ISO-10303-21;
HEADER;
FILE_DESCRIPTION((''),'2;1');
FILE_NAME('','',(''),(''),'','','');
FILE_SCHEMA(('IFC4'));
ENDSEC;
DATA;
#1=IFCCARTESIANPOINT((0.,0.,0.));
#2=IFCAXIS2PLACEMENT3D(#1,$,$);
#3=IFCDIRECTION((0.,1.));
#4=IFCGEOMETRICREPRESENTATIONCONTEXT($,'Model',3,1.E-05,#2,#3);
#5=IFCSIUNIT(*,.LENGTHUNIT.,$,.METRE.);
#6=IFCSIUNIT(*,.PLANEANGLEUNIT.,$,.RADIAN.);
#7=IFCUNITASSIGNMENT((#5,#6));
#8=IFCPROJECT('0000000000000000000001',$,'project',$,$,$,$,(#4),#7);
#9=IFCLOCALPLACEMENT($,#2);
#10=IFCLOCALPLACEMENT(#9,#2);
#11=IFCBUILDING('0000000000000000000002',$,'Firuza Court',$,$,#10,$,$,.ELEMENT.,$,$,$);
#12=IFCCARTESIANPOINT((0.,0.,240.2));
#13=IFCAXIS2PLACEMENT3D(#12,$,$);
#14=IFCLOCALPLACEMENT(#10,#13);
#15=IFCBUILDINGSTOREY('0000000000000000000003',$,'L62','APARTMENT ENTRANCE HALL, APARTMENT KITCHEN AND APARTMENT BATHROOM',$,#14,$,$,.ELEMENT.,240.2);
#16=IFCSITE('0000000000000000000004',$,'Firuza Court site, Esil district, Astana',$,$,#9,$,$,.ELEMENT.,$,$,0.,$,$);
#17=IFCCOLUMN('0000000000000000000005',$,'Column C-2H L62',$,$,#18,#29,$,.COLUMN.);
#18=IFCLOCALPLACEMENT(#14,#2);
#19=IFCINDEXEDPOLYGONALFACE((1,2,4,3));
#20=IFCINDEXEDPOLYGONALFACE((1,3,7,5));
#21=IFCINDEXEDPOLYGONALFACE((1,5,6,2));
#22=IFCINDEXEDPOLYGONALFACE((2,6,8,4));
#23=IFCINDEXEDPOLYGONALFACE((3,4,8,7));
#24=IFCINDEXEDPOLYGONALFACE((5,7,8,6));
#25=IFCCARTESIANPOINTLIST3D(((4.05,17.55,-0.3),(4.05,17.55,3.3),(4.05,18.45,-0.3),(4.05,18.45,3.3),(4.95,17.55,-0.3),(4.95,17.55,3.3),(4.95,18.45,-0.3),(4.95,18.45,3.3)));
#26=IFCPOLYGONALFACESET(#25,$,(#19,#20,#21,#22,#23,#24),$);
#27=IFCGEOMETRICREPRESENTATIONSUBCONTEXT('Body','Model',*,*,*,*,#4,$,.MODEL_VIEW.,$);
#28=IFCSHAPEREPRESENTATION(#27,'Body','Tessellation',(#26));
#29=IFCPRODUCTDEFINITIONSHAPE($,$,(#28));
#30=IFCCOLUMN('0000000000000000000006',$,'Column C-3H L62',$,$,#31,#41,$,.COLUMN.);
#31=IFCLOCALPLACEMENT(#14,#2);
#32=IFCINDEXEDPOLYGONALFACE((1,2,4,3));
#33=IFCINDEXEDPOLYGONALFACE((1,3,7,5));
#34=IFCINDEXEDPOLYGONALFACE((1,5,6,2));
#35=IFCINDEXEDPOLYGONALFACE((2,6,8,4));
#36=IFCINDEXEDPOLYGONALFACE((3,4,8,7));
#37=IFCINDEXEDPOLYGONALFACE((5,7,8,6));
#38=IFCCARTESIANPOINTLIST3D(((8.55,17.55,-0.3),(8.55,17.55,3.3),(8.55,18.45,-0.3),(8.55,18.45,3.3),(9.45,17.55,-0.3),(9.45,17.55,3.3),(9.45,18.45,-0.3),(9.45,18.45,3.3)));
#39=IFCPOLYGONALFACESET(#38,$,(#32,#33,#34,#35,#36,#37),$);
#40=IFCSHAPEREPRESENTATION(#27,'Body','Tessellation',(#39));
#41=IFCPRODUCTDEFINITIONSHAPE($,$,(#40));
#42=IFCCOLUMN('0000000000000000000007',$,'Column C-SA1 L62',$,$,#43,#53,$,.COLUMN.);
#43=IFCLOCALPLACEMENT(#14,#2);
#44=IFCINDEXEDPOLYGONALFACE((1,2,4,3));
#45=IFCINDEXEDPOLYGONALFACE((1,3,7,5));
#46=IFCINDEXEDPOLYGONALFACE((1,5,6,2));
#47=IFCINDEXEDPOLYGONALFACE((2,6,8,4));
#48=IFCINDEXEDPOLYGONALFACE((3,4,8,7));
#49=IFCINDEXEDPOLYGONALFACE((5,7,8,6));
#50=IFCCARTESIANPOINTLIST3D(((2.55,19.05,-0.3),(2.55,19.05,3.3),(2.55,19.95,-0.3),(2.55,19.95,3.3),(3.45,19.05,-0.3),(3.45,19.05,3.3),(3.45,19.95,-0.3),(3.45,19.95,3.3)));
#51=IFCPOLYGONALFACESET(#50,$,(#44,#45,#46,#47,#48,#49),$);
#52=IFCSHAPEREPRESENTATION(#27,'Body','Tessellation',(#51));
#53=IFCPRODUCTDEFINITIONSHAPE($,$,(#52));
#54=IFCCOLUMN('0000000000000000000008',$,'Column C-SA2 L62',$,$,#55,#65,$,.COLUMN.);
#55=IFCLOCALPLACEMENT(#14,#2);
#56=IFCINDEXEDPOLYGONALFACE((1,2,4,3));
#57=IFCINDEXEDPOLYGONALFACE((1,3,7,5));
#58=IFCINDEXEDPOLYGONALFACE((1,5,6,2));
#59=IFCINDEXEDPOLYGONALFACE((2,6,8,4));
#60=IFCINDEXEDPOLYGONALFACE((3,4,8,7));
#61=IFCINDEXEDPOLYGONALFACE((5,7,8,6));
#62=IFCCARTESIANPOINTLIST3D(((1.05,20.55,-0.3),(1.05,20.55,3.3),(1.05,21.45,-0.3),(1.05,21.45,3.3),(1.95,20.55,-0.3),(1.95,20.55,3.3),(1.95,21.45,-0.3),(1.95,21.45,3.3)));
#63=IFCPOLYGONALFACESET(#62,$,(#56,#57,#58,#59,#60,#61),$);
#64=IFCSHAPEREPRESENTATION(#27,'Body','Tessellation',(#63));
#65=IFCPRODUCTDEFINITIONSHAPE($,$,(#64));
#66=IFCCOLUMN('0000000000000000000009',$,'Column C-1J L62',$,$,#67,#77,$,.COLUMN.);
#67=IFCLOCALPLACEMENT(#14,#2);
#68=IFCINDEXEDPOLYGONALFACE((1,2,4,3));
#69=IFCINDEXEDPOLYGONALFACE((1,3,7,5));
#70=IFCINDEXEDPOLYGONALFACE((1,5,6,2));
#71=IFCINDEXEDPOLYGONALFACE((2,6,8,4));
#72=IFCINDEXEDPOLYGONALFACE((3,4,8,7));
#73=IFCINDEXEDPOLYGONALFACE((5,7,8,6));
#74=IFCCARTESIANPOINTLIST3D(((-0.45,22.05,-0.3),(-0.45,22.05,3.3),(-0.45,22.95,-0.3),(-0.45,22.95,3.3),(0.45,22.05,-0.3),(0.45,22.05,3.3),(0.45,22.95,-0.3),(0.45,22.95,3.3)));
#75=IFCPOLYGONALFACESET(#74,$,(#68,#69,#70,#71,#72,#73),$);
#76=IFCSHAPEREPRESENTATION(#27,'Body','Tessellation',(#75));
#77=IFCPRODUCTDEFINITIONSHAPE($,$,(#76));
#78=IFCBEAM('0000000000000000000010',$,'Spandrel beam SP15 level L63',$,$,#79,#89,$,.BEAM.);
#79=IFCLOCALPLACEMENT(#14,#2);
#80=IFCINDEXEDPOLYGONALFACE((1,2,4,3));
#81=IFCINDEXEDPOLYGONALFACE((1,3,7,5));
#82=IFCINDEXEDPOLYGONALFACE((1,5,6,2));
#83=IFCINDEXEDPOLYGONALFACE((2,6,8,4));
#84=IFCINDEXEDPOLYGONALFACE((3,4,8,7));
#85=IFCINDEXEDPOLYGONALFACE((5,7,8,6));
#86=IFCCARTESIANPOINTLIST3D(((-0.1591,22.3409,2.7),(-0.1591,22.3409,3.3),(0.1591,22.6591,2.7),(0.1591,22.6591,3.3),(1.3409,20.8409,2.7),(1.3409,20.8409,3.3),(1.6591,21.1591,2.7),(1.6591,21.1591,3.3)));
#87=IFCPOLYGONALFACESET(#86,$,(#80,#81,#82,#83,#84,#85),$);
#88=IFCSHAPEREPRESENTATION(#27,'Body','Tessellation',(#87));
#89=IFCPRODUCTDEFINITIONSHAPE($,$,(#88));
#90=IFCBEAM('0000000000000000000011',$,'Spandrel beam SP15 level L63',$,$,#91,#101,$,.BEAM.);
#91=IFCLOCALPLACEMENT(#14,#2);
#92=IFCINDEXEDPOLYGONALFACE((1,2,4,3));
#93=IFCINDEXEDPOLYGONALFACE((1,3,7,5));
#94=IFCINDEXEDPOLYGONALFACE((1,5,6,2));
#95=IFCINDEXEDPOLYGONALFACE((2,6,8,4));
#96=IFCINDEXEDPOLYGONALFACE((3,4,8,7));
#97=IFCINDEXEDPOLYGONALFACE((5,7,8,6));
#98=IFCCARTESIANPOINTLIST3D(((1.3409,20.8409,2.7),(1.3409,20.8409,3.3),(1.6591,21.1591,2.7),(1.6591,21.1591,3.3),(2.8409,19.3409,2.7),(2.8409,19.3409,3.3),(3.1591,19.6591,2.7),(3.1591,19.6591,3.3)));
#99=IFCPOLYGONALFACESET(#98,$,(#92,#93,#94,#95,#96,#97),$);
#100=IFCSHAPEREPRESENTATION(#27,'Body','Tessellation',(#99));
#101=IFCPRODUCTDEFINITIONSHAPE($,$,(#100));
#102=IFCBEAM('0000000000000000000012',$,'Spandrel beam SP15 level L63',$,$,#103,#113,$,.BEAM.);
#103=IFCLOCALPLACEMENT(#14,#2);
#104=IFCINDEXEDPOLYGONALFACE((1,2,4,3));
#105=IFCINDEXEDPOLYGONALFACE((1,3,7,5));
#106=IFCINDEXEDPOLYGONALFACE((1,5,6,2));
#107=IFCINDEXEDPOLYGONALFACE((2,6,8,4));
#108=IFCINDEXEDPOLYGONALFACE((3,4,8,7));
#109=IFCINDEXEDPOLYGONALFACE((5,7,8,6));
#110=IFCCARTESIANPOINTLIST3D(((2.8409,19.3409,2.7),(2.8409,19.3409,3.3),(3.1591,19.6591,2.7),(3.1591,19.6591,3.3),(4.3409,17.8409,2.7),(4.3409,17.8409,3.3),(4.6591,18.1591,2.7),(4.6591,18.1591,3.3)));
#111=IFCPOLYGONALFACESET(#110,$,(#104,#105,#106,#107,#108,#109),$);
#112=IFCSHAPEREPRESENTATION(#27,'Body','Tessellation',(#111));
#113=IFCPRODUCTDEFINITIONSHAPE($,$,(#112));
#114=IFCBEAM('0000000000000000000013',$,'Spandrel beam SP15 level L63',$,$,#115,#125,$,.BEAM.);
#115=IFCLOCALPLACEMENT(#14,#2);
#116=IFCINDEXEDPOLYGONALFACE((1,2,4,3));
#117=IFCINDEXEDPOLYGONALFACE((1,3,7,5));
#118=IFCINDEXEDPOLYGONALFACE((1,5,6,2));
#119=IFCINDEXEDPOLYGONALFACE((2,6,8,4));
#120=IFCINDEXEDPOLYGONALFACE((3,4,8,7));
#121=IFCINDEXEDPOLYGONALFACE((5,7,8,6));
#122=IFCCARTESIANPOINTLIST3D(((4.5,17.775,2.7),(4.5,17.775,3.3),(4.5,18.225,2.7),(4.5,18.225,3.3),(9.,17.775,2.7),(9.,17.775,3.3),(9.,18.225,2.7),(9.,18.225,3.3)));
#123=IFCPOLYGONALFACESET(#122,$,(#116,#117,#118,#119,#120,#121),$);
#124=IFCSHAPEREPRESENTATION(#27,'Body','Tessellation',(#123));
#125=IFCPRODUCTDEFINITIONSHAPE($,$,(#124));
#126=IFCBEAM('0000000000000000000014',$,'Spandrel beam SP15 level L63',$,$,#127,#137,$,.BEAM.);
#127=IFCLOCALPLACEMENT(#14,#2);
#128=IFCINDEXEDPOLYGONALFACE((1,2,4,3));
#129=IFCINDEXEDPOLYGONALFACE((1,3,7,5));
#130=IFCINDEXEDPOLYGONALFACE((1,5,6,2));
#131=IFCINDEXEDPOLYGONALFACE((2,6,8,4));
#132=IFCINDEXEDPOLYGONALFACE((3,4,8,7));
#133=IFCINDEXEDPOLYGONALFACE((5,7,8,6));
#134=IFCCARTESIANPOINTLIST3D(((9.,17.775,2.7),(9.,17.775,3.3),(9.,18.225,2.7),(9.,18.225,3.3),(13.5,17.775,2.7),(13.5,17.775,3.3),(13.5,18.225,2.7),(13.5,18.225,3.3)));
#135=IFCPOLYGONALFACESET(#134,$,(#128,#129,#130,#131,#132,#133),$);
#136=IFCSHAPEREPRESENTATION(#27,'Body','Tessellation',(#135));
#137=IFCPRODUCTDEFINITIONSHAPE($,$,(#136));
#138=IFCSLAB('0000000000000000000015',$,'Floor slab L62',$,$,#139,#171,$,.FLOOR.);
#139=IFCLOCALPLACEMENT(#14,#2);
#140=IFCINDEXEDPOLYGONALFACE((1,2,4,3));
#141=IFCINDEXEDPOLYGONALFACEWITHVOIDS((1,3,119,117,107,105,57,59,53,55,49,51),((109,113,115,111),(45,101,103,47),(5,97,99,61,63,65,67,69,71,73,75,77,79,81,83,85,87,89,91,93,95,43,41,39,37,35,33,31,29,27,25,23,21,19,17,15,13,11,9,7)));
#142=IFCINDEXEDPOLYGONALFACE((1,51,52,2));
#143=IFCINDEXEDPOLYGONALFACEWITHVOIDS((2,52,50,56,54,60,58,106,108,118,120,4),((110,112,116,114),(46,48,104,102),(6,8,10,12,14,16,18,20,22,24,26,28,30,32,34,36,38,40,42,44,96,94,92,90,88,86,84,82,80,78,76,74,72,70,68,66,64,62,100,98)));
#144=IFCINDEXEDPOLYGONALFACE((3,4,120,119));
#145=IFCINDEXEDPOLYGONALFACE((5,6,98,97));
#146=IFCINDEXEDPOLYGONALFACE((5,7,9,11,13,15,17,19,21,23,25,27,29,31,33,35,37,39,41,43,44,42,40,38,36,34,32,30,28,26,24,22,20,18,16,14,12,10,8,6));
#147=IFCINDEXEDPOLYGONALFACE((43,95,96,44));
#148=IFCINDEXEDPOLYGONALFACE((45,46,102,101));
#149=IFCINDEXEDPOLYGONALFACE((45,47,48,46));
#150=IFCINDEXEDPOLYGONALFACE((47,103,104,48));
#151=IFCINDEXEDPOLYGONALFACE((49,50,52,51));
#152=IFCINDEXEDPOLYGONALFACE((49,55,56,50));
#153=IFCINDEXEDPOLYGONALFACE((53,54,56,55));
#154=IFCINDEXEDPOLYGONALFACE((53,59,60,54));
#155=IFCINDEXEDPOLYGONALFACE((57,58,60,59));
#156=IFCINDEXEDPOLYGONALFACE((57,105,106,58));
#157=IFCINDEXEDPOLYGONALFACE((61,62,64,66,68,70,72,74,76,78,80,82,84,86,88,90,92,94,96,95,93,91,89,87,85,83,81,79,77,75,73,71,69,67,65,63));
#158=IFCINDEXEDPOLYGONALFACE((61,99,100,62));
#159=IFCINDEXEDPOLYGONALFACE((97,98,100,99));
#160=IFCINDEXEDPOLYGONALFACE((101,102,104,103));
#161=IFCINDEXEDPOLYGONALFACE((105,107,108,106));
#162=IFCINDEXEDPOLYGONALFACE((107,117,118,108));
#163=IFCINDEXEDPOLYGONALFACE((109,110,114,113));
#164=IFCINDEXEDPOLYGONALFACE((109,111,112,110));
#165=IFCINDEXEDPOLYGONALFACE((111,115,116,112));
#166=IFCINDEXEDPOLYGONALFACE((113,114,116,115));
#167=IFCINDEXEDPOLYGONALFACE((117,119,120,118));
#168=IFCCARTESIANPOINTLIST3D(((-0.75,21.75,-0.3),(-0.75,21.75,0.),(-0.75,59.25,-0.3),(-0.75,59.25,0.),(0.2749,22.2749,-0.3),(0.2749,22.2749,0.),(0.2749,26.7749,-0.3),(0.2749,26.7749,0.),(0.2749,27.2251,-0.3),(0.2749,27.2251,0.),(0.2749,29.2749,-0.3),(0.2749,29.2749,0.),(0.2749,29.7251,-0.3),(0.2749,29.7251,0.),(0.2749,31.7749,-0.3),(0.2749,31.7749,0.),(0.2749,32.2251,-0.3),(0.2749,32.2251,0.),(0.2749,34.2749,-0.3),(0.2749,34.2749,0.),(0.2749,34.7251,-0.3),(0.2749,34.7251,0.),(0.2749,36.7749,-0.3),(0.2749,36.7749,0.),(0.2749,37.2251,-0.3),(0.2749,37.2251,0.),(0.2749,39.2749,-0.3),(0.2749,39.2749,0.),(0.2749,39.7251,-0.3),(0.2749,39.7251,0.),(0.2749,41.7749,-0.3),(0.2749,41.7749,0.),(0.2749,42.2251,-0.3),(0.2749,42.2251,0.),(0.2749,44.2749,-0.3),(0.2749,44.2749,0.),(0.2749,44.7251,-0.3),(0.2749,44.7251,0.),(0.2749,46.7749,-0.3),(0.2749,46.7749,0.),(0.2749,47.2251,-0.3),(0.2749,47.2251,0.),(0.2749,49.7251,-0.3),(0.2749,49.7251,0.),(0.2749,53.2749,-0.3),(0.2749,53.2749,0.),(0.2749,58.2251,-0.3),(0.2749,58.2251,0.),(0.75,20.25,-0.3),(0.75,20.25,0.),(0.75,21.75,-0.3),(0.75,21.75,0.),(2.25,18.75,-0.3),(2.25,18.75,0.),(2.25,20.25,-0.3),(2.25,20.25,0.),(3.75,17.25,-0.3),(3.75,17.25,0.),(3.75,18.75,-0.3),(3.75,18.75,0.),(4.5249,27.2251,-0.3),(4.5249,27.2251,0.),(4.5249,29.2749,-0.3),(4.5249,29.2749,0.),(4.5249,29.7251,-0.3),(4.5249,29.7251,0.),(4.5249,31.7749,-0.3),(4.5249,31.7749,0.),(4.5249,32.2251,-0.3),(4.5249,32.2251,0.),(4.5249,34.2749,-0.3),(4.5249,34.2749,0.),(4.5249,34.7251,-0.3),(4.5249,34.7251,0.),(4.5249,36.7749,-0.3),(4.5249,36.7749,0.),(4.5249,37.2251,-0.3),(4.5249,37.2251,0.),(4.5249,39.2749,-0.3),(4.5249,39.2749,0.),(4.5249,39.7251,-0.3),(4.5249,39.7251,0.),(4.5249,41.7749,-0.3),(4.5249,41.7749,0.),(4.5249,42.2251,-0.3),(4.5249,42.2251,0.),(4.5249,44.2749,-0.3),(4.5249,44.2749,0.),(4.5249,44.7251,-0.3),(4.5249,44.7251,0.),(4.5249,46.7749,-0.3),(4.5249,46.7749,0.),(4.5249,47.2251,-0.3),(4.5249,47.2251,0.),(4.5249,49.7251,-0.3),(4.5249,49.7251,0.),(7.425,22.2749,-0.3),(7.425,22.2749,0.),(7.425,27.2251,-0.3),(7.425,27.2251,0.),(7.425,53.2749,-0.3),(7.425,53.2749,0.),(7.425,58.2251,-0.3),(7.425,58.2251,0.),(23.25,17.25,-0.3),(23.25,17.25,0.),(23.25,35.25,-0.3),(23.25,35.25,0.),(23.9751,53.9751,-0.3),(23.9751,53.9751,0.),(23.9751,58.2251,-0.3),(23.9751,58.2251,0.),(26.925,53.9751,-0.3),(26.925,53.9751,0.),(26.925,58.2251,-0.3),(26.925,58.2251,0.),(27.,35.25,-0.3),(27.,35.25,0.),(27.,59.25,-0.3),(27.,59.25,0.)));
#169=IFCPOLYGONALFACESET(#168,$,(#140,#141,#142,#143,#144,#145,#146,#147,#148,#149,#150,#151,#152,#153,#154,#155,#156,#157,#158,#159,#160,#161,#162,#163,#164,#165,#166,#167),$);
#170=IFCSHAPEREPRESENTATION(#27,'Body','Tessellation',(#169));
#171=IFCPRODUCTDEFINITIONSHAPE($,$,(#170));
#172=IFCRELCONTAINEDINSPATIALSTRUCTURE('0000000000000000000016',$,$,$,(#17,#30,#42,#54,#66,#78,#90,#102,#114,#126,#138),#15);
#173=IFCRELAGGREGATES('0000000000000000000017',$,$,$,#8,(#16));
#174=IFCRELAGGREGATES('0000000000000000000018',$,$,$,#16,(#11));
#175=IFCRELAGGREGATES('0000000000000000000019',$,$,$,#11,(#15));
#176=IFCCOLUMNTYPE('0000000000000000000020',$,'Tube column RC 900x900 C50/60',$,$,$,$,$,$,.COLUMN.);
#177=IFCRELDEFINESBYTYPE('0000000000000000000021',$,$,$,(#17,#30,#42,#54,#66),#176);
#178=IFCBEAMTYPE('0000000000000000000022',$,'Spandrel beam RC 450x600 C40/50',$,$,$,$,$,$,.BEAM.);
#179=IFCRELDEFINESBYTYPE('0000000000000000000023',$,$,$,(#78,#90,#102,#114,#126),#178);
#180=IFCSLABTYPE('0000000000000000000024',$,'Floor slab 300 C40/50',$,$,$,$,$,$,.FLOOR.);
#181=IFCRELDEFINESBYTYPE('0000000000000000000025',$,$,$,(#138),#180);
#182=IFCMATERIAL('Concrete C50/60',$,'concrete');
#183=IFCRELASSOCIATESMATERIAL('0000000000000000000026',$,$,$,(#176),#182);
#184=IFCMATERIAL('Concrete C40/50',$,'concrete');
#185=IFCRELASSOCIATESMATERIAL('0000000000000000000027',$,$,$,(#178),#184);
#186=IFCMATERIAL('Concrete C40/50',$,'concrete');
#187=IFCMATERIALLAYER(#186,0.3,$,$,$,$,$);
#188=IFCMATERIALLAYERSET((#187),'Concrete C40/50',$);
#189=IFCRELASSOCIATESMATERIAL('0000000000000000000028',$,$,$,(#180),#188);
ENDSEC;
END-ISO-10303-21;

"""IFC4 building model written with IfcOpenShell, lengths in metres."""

from ifc_helpers import new_model, si_unit, direction, frame, origin, origin_2d, place, context, subcontext, project, spatial, polyline, rectangle, outline, extrude, material, layer, layer_set, material_profile, profile_set, type_object, element, save


model = new_model("IFC4")

# Units and contexts
model_context = context("Model", 3, precision=1e-05, world=origin(), true_north=direction((0.0, 1.0)))
body_context = subcontext(model_context, "Body", "Model", "MODEL_VIEW")
ifc_project = project(units=[si_unit("LENGTHUNIT", "METRE"), si_unit("PLANEANGLEUNIT", "RADIAN")], contexts=[model_context])

# Site, building, storey
site_placement = place(None, origin())
site = spatial("IfcSite", under=ifc_project, at=site_placement, Name="Firuza Court site, Esil district, Astana", CompositionType="ELEMENT", RefElevation=0.0)
building_placement = place(site_placement, origin())
building = spatial("IfcBuilding", under=site, at=building_placement, Name="Firuza Court", CompositionType="ELEMENT")
storey_placement = place(building_placement, frame((0.0, 0.0, 240.2)))
storey = spatial("IfcBuildingStorey", under=building, at=storey_placement, Name="L62", Description="APARTMENT ENTRANCE HALL, APARTMENT KITCHEN AND APARTMENT BATHROOM", CompositionType="ELEMENT", Elevation=240.2)

# Columns
ifc_material_1 = material(Name="Concrete C50/60", Category="concrete")
ifc_material_profile_1 = material_profile(ifc_material_1, rectangle(XDim=0.8999, YDim=0.8999, at=origin_2d()), Name="RC 900x900")
ifc_profile_set_1 = profile_set([ifc_material_profile_1], Name="Concrete C50/60")
column_type = type_object("IfcColumnType", Name="Tube column RC 900x900 C50/60", PredefinedType="COLUMN", material=ifc_profile_set_1)
for number, where, z_axis, x_axis, name in (
    (1, (4.5, 18.0, -0.3), (0.0, 0.0, 1.0), (1.0, 0.0, 0.0), "Column C-2H L62"),
    (2, (9.0, 18.0, -0.3), (0.0, 0.0, 1.0), (1.0, 0.0, 0.0), "Column C-3H L62"),
    (3, (3.0, 19.5, -0.3), (0.0, 0.0, 1.0), (1.0, 0.0, 0.0), "Column C-SA1 L62"),
    (4, (1.5, 21.0, -0.3), (0.0, 0.0, 1.0), (1.0, 0.0, 0.0), "Column C-SA2 L62"),
    (5, (0.0, 22.5, -0.3), (0.0, 0.0, 1.0), (1.0, 0.0, 0.0), "Column C-1J L62"),
):
    element("IfcColumn", number, at=place(storey_placement, frame(where, z_axis=z_axis, x_axis=x_axis)), inside=storey, type_object=column_type, Name=name, PredefinedType="COLUMN", context=body_context, shape_type="SweptSolid", body=[
        extrude(rectangle(XDim=0.8999, YDim=0.8999, at=origin_2d()), origin(), (0.0, 0.0, 1.0), 3.6001),
    ])

# Beams
ifc_material_2 = material(Name="Concrete C40/50", Category="concrete")
ifc_material_profile_2 = material_profile(ifc_material_2, rectangle(XDim=0.45, YDim=0.6001, at=origin_2d()), Name="RC 450x600")
ifc_profile_set_2 = profile_set([ifc_material_profile_2], Name="Concrete C40/50")
beam_type = type_object("IfcBeamType", Name="Spandrel beam RC 450x600 C40/50", PredefinedType="BEAM", material=ifc_profile_set_2)
for number, where, z_axis, x_axis, name in (
    (6, (0.0, 22.5, 3.0), (0.707107, -0.707107, 0.0), (0.707107, 0.707107, 0.0), "Spandrel beam SP15 level L63"),
    (7, (1.5, 21.0, 3.0), (0.707107, -0.707107, 0.0), (0.707107, 0.707107, 0.0), "Spandrel beam SP15 level L63"),
    (8, (3.0, 19.5, 3.0), (0.707107, -0.707107, 0.0), (0.707107, 0.707107, 0.0), "Spandrel beam SP15 level L63"),
):
    element("IfcBeam", number, at=place(storey_placement, frame(where, z_axis=z_axis, x_axis=x_axis)), inside=storey, type_object=beam_type, Name=name, PredefinedType="BEAM", context=body_context, shape_type="SweptSolid", body=[
        extrude(rectangle(XDim=0.45, YDim=0.6001, at=origin_2d()), origin(), (0.0, 0.0, 1.0), 2.1213),
    ])
for number, where, z_axis, x_axis, name in (
    (9, (4.5, 18.0, 3.0), (1.0, 0.0, 0.0), (0.0, 1.0, 0.0), "Spandrel beam SP15 level L63"),
    (10, (9.0, 18.0, 3.0), (1.0, 0.0, 0.0), (0.0, 1.0, 0.0), "Spandrel beam SP15 level L63"),
):
    element("IfcBeam", number, at=place(storey_placement, frame(where, z_axis=z_axis, x_axis=x_axis)), inside=storey, type_object=beam_type, Name=name, PredefinedType="BEAM", context=body_context, shape_type="SweptSolid", body=[
        extrude(rectangle(XDim=0.45, YDim=0.6001, at=origin_2d()), origin(), (0.0, 0.0, 1.0), 4.5),
    ])

# Slab
ifc_material_3 = material(Name="Concrete C40/50", Category="concrete")
ifc_layer_1 = layer(ifc_material_3, 0.3)
ifc_layer_set_1 = layer_set([ifc_layer_1], Name="Concrete C40/50")
slab_type_1 = type_object("IfcSlabType", Name="Floor slab 300 C40/50", PredefinedType="FLOOR", material=ifc_layer_set_1)
slab_1_placement = place(storey_placement, frame((0.0, 0.0, -0.3)))
element("IfcSlab", 11, at=slab_1_placement, inside=storey, type_object=slab_type_1, Name="Floor slab L62", PredefinedType="FLOOR", context=body_context, shape_type="SweptSolid", body=[
    extrude(outline(polyline([(27.0, 59.25), (27.0, 35.25), (23.25, 35.25), (23.25, 17.25), (3.75, 17.25), (3.75, 18.75), (2.25, 18.75), (2.25, 20.25), (0.75, 20.25), (0.75, 21.75), (-0.75, 21.75), (-0.75, 59.25), (27.0, 59.25)]), holes=[polyline([(0.2749, 34.2749), (0.2749, 32.2251), (0.2749, 31.7749), (0.2749, 29.7251), (0.2749, 29.2749), (0.2749, 27.2251), (0.2749, 26.7749), (0.2749, 22.2749), (7.425, 22.2749), (7.425, 27.2251), (4.5249, 27.2251), (4.5249, 29.2749), (4.5249, 29.7251), (4.5249, 31.7749), (4.5249, 32.2251), (4.5249, 34.2749), (4.5249, 34.7251), (4.5249, 36.7749), (4.5249, 37.2251), (4.5249, 39.2749), (4.5249, 39.7251), (4.5249, 41.7749), (4.5249, 42.2251), (4.5249, 44.2749), (4.5249, 44.7251), (4.5249, 46.7749), (4.5249, 47.2251), (4.5249, 49.7251), (0.2749, 49.7251), (0.2749, 47.2251), (0.2749, 46.7749), (0.2749, 44.7251), (0.2749, 44.2749), (0.2749, 42.2251), (0.2749, 41.7749), (0.2749, 39.7251), (0.2749, 39.2749), (0.2749, 37.2251), (0.2749, 36.7749), (0.2749, 34.7251), (0.2749, 34.2749)]), polyline([(7.425, 58.2251), (0.2749, 58.2251), (0.2749, 53.2749), (7.425, 53.2749), (7.425, 58.2251)]), polyline([(26.925, 58.2251), (23.9751, 58.2251), (23.9751, 53.9751), (26.925, 53.9751), (26.925, 58.2251)])]), origin(), (0.0, 0.0, 1.0), 0.3),
])

save(model, "model.ifc")
